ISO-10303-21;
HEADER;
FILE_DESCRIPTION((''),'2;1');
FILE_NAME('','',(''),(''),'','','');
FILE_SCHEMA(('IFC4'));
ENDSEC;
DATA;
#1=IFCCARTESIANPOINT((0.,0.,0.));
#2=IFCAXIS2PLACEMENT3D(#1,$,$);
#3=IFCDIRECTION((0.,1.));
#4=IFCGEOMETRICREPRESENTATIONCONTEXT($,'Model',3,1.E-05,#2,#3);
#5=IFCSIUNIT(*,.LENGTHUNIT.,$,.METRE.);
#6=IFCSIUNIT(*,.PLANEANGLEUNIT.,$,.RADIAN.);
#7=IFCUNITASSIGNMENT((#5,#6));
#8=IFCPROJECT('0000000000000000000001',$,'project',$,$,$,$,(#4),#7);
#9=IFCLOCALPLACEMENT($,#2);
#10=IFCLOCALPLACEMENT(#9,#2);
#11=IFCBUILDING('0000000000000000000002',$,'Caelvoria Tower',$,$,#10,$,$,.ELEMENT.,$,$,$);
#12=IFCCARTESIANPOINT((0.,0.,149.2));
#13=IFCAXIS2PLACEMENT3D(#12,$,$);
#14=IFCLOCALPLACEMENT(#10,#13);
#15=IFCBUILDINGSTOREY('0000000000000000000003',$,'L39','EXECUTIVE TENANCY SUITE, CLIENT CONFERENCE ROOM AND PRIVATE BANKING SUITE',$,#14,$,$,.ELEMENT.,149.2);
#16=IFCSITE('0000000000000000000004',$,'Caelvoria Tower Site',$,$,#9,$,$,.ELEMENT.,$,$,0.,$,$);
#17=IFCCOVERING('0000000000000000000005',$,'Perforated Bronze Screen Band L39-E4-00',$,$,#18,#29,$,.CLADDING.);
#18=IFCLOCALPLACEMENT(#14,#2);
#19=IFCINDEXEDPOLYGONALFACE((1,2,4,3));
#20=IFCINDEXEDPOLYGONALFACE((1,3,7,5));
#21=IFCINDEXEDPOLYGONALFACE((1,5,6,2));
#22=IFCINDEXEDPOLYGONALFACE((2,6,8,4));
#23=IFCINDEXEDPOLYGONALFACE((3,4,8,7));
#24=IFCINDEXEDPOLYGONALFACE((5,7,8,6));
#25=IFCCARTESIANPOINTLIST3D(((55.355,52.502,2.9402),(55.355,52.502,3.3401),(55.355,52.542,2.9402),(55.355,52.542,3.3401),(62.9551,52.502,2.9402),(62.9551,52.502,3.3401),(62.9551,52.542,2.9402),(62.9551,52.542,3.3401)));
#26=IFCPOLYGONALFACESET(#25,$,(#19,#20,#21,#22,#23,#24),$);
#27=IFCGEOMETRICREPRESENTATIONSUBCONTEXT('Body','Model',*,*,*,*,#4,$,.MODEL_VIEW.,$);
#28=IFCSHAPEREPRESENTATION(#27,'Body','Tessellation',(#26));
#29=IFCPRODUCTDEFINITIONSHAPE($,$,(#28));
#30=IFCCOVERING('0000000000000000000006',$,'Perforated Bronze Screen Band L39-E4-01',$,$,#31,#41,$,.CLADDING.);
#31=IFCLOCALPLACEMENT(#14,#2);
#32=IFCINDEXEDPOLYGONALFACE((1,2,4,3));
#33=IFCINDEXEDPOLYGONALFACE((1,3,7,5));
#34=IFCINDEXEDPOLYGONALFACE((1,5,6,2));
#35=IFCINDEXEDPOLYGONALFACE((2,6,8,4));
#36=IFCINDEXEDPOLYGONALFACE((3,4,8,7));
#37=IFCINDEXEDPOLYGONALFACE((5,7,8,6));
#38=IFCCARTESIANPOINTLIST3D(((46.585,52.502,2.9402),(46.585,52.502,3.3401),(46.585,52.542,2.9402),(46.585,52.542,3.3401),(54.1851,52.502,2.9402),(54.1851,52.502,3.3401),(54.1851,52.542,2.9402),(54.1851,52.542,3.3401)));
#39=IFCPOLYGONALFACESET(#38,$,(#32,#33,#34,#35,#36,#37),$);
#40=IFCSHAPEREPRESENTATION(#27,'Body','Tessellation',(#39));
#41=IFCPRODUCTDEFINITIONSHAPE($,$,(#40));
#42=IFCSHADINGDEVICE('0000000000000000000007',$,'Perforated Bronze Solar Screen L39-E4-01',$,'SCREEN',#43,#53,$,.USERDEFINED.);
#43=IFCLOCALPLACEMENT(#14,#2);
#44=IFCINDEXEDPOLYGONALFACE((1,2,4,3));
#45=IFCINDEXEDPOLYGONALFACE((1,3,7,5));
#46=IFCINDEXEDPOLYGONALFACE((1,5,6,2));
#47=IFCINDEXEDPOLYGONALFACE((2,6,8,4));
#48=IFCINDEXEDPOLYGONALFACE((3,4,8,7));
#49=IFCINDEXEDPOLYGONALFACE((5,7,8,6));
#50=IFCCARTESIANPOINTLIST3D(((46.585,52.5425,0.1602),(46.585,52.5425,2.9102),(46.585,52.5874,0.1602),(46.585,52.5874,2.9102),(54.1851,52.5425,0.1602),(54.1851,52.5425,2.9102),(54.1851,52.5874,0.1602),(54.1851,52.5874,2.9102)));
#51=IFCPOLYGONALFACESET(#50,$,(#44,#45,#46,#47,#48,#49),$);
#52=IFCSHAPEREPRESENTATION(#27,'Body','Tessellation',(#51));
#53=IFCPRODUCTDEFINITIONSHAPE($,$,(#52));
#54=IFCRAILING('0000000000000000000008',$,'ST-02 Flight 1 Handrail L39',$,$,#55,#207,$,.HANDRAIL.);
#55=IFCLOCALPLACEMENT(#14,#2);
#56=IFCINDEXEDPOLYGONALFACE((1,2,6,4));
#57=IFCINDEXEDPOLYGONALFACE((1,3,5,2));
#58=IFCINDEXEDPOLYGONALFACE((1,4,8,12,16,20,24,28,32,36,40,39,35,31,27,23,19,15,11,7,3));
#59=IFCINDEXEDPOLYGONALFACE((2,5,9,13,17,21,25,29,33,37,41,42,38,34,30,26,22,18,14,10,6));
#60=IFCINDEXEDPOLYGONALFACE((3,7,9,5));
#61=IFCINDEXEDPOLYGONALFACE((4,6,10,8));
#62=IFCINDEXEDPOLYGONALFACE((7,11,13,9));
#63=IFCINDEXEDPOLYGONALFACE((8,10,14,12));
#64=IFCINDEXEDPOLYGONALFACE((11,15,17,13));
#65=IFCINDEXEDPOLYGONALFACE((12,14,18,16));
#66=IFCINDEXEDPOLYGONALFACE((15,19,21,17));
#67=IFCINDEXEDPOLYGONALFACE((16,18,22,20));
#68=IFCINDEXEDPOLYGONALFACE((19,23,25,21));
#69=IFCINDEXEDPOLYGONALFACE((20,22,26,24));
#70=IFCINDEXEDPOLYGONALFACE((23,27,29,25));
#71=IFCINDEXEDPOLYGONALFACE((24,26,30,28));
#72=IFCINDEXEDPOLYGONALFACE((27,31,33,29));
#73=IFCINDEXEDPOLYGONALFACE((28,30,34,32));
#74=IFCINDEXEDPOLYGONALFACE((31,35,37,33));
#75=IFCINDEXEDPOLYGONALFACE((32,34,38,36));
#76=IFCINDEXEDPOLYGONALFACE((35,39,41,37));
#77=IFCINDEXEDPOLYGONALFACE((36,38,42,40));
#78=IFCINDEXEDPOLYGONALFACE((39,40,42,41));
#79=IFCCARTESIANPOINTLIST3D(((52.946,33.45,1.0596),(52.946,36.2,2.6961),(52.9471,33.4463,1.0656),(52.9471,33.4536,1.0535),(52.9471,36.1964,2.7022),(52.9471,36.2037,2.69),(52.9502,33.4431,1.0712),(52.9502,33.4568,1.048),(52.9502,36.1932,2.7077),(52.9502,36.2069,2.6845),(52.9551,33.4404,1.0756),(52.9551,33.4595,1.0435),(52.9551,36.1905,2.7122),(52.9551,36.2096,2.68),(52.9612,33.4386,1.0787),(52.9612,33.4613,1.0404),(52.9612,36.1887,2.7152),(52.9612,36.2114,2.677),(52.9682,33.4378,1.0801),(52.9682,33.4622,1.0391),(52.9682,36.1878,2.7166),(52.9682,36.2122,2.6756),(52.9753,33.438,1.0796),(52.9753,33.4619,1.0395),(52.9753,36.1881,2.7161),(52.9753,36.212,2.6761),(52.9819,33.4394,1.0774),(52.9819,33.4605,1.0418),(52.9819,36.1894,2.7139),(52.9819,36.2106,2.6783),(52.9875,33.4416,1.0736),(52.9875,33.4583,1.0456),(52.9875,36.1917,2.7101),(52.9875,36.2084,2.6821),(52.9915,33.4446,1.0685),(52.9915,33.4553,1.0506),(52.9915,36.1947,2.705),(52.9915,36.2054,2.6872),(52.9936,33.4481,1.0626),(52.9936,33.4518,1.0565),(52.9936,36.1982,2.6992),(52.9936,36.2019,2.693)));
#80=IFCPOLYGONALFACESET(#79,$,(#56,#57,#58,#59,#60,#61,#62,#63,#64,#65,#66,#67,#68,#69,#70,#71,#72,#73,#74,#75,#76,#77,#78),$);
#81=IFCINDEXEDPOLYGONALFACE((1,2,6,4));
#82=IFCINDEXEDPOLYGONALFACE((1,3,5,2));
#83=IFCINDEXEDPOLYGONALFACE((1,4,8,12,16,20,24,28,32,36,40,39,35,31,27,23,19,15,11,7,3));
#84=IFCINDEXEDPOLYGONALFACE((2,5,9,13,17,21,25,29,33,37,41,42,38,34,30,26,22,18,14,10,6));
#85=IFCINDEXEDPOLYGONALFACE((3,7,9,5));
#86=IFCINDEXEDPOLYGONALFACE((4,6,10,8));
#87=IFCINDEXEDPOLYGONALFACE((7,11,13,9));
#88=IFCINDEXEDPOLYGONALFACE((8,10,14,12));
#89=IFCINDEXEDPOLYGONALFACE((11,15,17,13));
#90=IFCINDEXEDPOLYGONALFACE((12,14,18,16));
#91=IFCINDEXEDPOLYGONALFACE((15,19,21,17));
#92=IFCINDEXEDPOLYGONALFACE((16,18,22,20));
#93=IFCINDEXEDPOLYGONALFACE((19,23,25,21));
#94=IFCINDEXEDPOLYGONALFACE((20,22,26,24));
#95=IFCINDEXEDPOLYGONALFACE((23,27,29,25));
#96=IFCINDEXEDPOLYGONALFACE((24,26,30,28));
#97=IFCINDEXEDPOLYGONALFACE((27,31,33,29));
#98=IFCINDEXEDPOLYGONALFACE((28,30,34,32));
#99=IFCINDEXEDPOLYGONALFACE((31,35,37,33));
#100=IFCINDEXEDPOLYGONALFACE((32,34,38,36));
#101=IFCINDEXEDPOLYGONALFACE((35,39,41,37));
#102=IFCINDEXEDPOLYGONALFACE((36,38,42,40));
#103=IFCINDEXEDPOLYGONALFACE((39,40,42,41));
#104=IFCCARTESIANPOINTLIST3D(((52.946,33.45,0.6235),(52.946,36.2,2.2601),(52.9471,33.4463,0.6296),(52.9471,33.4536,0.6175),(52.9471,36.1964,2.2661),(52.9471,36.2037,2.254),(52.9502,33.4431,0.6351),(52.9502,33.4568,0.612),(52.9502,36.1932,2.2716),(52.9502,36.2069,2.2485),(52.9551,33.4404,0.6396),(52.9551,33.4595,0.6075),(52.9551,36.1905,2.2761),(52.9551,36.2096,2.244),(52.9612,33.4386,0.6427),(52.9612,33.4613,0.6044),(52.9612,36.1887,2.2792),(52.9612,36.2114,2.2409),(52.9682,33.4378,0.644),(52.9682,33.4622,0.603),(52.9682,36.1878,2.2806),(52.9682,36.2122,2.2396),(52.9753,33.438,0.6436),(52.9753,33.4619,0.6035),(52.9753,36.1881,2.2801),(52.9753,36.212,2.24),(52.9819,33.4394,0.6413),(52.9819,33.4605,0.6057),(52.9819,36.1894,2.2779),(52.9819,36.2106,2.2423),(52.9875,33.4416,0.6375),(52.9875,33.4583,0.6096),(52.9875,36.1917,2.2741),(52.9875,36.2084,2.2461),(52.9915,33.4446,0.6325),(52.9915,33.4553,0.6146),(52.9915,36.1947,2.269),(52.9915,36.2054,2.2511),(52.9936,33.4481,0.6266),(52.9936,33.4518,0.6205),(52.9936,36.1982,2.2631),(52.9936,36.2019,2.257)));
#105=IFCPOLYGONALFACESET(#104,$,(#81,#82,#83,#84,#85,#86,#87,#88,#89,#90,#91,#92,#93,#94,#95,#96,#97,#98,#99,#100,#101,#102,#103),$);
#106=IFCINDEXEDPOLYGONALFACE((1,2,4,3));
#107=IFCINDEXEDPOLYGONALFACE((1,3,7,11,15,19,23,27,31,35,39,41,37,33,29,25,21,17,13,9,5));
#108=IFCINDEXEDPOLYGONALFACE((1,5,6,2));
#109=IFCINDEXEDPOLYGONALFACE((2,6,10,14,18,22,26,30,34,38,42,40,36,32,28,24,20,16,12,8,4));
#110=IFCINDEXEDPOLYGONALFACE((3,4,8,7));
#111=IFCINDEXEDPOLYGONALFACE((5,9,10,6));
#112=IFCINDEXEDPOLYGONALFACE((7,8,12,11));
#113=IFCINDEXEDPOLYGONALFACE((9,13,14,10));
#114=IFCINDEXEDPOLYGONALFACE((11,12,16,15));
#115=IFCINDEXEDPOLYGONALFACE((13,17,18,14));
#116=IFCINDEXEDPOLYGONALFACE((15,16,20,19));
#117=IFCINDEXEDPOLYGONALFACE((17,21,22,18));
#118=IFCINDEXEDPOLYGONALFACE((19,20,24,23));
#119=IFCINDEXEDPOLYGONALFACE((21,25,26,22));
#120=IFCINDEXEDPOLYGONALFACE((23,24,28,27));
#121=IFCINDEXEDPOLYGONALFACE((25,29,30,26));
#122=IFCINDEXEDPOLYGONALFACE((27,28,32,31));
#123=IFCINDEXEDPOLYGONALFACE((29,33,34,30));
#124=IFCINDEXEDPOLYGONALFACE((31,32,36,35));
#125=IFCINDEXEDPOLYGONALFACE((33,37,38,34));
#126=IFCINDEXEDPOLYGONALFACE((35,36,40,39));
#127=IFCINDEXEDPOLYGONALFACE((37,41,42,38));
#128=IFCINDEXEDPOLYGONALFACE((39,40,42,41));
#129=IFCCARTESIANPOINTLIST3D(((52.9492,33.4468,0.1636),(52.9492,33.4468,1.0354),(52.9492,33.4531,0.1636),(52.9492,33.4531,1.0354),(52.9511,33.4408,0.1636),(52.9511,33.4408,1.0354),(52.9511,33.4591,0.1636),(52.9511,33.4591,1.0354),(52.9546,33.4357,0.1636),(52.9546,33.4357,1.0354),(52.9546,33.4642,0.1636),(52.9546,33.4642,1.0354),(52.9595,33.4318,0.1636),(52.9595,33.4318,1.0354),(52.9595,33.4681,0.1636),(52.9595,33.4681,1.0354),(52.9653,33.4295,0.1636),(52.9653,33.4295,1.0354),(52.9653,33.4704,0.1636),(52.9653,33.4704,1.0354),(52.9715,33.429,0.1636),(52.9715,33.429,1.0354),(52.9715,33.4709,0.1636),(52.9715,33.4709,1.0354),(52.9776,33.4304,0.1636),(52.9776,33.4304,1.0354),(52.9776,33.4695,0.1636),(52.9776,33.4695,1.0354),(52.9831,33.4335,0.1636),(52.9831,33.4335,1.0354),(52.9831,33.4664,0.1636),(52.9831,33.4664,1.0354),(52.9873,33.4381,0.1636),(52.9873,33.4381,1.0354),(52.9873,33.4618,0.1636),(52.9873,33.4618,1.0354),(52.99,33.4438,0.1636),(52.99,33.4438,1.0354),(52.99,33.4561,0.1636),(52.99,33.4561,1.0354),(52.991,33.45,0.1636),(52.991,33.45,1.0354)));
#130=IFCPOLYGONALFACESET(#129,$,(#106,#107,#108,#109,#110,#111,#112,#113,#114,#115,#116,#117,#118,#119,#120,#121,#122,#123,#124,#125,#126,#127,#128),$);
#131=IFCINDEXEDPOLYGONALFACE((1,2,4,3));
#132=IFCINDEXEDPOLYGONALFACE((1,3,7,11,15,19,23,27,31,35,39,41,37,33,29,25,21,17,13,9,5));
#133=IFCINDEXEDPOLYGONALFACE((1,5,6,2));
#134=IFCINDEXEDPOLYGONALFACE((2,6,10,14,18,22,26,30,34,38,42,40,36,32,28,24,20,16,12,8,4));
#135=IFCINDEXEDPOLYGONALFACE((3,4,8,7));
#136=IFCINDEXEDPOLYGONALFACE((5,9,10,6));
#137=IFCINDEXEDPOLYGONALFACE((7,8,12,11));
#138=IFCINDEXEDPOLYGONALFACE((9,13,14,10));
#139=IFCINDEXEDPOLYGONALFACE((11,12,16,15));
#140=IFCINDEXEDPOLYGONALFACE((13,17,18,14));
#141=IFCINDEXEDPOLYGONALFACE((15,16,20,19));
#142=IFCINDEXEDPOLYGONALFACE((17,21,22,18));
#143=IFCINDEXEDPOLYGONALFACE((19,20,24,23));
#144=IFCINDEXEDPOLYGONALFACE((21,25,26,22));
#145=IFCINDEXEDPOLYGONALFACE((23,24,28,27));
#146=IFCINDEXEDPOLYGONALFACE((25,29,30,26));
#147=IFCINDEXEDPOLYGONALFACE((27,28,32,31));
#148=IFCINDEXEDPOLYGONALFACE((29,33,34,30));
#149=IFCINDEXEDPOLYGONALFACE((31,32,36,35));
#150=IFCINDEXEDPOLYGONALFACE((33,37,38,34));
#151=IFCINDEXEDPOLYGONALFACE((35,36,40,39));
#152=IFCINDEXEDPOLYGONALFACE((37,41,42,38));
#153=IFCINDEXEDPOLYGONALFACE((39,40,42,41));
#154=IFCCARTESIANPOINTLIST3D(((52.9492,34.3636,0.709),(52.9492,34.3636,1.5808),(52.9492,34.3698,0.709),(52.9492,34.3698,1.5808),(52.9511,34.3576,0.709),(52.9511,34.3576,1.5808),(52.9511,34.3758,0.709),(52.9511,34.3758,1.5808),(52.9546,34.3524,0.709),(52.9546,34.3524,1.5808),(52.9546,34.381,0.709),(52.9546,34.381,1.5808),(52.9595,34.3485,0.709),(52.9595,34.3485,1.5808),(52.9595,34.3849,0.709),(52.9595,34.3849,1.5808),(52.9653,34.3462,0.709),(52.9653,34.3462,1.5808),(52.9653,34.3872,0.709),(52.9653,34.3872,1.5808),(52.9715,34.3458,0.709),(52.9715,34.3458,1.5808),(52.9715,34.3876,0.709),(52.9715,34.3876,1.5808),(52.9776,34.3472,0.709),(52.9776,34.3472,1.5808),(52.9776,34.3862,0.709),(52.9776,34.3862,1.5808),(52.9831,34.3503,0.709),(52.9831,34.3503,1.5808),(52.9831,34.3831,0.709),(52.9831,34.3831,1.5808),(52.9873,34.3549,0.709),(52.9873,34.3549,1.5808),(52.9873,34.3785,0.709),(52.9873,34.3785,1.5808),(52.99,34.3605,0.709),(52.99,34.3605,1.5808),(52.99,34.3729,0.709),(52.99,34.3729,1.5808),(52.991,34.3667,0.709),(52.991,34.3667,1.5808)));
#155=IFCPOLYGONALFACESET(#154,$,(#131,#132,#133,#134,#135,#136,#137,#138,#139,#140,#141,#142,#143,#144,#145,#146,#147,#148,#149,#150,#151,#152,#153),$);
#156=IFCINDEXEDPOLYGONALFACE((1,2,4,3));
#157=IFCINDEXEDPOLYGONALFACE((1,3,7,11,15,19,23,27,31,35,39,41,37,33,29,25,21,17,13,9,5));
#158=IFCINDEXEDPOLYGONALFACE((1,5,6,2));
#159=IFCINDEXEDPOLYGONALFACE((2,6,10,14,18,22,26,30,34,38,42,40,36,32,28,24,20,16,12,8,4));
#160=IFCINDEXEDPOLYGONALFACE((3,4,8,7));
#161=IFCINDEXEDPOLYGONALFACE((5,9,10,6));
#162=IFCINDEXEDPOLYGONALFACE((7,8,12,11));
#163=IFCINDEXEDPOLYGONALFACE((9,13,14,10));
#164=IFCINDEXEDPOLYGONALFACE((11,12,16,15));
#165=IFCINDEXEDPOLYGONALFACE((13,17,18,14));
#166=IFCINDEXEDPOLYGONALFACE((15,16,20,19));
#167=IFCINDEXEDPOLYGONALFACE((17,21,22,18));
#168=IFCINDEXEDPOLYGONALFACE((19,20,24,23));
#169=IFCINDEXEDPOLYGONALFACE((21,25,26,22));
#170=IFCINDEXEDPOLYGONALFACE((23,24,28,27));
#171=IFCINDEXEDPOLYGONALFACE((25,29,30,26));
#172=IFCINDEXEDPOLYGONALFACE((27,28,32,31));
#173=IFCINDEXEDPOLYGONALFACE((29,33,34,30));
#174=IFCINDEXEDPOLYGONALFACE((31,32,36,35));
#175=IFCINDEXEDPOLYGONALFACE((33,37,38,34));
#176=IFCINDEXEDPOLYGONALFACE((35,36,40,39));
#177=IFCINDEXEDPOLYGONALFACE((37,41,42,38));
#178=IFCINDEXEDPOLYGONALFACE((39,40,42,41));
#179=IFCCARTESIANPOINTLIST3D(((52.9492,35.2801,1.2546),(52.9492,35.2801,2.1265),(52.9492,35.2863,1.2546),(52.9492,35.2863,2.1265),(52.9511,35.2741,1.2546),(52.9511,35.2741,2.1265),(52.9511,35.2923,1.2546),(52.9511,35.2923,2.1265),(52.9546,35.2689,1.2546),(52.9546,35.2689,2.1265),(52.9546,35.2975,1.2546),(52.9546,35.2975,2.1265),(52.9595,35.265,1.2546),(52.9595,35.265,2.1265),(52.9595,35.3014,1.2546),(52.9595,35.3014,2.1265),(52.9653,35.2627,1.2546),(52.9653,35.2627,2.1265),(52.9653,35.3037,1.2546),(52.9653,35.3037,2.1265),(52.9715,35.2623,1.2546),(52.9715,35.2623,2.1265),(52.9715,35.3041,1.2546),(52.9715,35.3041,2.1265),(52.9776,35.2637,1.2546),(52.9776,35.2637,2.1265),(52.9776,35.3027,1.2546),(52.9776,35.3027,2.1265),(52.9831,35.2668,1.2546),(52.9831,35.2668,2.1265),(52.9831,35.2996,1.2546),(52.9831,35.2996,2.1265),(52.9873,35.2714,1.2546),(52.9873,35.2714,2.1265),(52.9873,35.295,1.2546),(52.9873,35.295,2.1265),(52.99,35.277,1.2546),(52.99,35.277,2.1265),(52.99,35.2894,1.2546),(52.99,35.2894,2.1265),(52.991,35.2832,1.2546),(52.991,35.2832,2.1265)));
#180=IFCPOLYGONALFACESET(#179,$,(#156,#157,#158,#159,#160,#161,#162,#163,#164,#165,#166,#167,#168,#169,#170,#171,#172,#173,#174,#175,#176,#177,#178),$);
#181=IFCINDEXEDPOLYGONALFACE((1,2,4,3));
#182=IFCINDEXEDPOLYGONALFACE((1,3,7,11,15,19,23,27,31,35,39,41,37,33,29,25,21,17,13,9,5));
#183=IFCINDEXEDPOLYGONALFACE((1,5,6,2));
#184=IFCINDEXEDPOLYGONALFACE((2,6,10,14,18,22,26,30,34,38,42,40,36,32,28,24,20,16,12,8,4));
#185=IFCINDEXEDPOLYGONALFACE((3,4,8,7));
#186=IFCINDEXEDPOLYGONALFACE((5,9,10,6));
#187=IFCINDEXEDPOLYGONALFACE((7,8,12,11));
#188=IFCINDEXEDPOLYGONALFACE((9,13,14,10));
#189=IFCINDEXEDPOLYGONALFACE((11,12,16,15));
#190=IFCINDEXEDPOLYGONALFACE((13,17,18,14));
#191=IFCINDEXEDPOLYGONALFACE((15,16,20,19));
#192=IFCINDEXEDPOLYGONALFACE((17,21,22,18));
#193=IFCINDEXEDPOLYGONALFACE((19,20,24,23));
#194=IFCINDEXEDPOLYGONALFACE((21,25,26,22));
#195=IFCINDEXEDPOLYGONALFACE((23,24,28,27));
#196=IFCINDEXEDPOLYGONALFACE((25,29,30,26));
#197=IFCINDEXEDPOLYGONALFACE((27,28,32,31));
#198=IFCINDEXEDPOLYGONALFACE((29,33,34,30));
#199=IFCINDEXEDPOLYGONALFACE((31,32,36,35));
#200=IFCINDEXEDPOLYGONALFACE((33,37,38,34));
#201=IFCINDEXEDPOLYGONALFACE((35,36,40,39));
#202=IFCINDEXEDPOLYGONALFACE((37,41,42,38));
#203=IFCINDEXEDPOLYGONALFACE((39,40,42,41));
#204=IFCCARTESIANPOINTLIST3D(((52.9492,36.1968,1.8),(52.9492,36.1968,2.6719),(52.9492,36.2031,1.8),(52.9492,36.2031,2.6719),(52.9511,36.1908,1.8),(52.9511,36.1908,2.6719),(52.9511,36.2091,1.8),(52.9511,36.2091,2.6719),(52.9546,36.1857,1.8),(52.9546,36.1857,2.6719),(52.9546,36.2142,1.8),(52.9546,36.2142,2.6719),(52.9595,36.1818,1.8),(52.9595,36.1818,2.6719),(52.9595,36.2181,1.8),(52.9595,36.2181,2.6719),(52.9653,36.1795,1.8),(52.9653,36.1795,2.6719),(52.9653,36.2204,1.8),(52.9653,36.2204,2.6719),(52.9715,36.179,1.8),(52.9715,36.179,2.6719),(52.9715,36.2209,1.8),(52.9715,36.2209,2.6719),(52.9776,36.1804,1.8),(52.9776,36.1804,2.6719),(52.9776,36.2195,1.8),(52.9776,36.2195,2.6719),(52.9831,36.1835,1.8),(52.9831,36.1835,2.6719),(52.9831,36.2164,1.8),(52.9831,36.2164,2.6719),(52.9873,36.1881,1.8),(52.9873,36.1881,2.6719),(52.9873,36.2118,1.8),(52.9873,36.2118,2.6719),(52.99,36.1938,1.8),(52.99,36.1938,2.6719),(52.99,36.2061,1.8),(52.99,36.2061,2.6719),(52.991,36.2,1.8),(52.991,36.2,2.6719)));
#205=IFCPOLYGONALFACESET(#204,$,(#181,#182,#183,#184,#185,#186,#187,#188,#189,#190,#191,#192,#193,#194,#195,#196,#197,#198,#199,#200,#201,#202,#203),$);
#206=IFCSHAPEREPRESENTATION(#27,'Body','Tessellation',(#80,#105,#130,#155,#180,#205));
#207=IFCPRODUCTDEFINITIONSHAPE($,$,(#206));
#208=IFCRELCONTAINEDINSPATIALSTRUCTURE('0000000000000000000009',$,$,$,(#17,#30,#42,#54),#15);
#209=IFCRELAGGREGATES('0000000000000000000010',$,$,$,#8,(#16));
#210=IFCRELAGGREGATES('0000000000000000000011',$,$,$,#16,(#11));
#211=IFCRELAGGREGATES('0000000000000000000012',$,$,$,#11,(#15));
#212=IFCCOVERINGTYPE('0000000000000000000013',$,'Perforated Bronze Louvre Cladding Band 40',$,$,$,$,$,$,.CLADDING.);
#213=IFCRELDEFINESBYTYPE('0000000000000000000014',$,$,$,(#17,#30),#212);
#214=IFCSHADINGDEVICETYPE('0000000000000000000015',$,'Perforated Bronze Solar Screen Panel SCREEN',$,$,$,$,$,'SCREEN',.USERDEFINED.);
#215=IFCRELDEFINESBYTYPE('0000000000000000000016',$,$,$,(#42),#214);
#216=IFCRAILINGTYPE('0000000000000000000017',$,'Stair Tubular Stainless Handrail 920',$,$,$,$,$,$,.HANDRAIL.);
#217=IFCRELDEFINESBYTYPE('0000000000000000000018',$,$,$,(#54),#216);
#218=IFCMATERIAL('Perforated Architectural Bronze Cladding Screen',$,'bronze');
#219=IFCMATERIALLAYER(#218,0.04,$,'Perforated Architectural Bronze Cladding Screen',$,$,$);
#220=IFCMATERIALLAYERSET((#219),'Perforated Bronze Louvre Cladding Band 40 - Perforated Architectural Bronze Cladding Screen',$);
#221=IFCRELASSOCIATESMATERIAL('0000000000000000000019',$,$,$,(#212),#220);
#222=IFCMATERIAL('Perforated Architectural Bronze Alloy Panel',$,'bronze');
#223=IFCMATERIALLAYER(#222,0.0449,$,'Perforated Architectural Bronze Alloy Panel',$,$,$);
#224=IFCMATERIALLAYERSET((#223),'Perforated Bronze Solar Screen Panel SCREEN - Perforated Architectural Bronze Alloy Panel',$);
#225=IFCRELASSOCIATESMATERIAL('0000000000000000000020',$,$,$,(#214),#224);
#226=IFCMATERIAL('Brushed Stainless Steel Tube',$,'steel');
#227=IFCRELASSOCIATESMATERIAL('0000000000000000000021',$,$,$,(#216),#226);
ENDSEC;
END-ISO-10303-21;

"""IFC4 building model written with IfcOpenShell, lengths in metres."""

from ifc_helpers import new_model, si_unit, direction, frame, origin, origin_2d, place, context, subcontext, project, spatial, rectangle, circle, extrude, material, layer, layer_set, type_object, element, save


model = new_model("IFC4")

# Units and contexts
model_context = context("Model", 3, precision=1e-05, world=origin(), true_north=direction((0.0, 1.0)))
body_context = subcontext(model_context, "Body", "Model", "MODEL_VIEW")
ifc_project = project(units=[si_unit("LENGTHUNIT", "METRE"), si_unit("PLANEANGLEUNIT", "RADIAN")], contexts=[model_context])

# Site, building, storey
site_placement = place(None, origin())
site = spatial("IfcSite", under=ifc_project, at=site_placement, Name="Caelvoria Tower Site", CompositionType="ELEMENT", RefElevation=0.0)
building_placement = place(site_placement, origin())
building = spatial("IfcBuilding", under=site, at=building_placement, Name="Caelvoria Tower", CompositionType="ELEMENT")
storey_placement = place(building_placement, frame((0.0, 0.0, 149.2)))
storey = spatial("IfcBuildingStorey", under=building, at=storey_placement, Name="L39", Description="EXECUTIVE TENANCY SUITE, CLIENT CONFERENCE ROOM AND PRIVATE BANKING SUITE", CompositionType="ELEMENT", Elevation=149.2)

# Coverings
ifc_material_1 = material(Name="Perforated Architectural Bronze Cladding Screen", Category="bronze")
ifc_layer_1 = layer(ifc_material_1, 0.04, Name="Perforated Architectural Bronze Cladding Screen")
ifc_layer_set_1 = layer_set([ifc_layer_1], Name="Perforated Bronze Louvre Cladding Band 40 - Perforated Architectural Bronze Cladding Screen")
covering_type = type_object("IfcCoveringType", Name="Perforated Bronze Louvre Cladding Band 40", PredefinedType="CLADDING", material=ifc_layer_set_1)
for number, where, z_axis, x_axis, name in (
    (1, (59.155, 52.522, 2.9402), (0.0, 0.0, 1.0), (-1.0, 0.0, 0.0), "Perforated Bronze Screen Band L39-E4-00"),
    (2, (50.385, 52.522, 2.9402), (0.0, 0.0, 1.0), (-1.0, 0.0, 0.0), "Perforated Bronze Screen Band L39-E4-01"),
):
    element("IfcCovering", number, at=place(storey_placement, frame(where, z_axis=z_axis, x_axis=x_axis)), inside=storey, type_object=covering_type, Name=name, PredefinedType="CLADDING", context=body_context, shape_type="SweptSolid", body=[
        extrude(rectangle(XDim=7.6001, YDim=0.04, at=origin_2d()), origin(), (0.0, 0.0, 1.0), 0.3999),
    ])

# Shading device
ifc_material_2 = material(Name="Perforated Architectural Bronze Alloy Panel", Category="bronze")
ifc_layer_2 = layer(ifc_material_2, 0.0449, Name="Perforated Architectural Bronze Alloy Panel")
ifc_layer_set_2 = layer_set([ifc_layer_2], Name="Perforated Bronze Solar Screen Panel SCREEN - Perforated Architectural Bronze Alloy Panel")
shading_device_type = type_object("IfcShadingDeviceType", Name="Perforated Bronze Solar Screen Panel SCREEN", ElementType="SCREEN", PredefinedType="USERDEFINED", material=ifc_layer_set_2)
shading_device_placement = place(storey_placement, frame((50.385, 52.5649, 0.1602), z_axis=(0.0, 0.0, 1.0), x_axis=(-1.0, 0.0, 0.0)))
element("IfcShadingDevice", 3, at=shading_device_placement, inside=storey, type_object=shading_device_type, Name="Perforated Bronze Solar Screen L39-E4-01", ObjectType="SCREEN", PredefinedType="USERDEFINED", context=body_context, shape_type="SweptSolid", body=[
    extrude(rectangle(XDim=7.6001, YDim=0.0449, at=origin_2d()), origin(), (0.0, 0.0, 1.0), 2.75),
])

# Railing
ifc_material_3 = material(Name="Brushed Stainless Steel Tube", Category="steel")
railing_type_1 = type_object("IfcRailingType", Name="Stair Tubular Stainless Handrail 920", PredefinedType="HANDRAIL", material=ifc_material_3)
railing_1_placement = place(storey_placement, frame((52.97, 33.45, 0.1636)))
element("IfcRailing", 4, at=railing_1_placement, inside=storey, type_object=railing_type_1, Name="ST-02 Flight 1 Handrail L39", PredefinedType="HANDRAIL", context=body_context, shape_type="SweptSolid", body=[
    extrude(circle(Radius=0.0239, at=origin_2d()), frame((0.0, 0.0, 0.896), z_axis=(0.0, 0.859352, 0.511385), x_axis=(-1.0, 0.0, 0.0)), (0.0, 0.0, 1.0), 3.2002),
    extrude(circle(Radius=0.0239, at=origin_2d()), frame((0.0, 0.0, 0.46), z_axis=(0.0, 0.859352, 0.511385), x_axis=(-1.0, 0.0, 0.0)), (0.0, 0.0, 1.0), 3.2002),
    extrude(circle(Radius=0.021, at=origin_2d()), origin(), (0.0, 0.0, 1.0), 0.8718),
    extrude(circle(Radius=0.021, at=origin_2d()), frame((0.0, 0.9167, 0.5454)), (0.0, 0.0, 1.0), 0.8718),
    extrude(circle(Radius=0.021, at=origin_2d()), frame((0.0, 1.8333, 1.0911)), (0.0, 0.0, 1.0), 0.8718),
    extrude(circle(Radius=0.021, at=origin_2d()), frame((0.0, 2.75, 1.6365)), (0.0, 0.0, 1.0), 0.8718),
])

save(model, "model.ifc")
